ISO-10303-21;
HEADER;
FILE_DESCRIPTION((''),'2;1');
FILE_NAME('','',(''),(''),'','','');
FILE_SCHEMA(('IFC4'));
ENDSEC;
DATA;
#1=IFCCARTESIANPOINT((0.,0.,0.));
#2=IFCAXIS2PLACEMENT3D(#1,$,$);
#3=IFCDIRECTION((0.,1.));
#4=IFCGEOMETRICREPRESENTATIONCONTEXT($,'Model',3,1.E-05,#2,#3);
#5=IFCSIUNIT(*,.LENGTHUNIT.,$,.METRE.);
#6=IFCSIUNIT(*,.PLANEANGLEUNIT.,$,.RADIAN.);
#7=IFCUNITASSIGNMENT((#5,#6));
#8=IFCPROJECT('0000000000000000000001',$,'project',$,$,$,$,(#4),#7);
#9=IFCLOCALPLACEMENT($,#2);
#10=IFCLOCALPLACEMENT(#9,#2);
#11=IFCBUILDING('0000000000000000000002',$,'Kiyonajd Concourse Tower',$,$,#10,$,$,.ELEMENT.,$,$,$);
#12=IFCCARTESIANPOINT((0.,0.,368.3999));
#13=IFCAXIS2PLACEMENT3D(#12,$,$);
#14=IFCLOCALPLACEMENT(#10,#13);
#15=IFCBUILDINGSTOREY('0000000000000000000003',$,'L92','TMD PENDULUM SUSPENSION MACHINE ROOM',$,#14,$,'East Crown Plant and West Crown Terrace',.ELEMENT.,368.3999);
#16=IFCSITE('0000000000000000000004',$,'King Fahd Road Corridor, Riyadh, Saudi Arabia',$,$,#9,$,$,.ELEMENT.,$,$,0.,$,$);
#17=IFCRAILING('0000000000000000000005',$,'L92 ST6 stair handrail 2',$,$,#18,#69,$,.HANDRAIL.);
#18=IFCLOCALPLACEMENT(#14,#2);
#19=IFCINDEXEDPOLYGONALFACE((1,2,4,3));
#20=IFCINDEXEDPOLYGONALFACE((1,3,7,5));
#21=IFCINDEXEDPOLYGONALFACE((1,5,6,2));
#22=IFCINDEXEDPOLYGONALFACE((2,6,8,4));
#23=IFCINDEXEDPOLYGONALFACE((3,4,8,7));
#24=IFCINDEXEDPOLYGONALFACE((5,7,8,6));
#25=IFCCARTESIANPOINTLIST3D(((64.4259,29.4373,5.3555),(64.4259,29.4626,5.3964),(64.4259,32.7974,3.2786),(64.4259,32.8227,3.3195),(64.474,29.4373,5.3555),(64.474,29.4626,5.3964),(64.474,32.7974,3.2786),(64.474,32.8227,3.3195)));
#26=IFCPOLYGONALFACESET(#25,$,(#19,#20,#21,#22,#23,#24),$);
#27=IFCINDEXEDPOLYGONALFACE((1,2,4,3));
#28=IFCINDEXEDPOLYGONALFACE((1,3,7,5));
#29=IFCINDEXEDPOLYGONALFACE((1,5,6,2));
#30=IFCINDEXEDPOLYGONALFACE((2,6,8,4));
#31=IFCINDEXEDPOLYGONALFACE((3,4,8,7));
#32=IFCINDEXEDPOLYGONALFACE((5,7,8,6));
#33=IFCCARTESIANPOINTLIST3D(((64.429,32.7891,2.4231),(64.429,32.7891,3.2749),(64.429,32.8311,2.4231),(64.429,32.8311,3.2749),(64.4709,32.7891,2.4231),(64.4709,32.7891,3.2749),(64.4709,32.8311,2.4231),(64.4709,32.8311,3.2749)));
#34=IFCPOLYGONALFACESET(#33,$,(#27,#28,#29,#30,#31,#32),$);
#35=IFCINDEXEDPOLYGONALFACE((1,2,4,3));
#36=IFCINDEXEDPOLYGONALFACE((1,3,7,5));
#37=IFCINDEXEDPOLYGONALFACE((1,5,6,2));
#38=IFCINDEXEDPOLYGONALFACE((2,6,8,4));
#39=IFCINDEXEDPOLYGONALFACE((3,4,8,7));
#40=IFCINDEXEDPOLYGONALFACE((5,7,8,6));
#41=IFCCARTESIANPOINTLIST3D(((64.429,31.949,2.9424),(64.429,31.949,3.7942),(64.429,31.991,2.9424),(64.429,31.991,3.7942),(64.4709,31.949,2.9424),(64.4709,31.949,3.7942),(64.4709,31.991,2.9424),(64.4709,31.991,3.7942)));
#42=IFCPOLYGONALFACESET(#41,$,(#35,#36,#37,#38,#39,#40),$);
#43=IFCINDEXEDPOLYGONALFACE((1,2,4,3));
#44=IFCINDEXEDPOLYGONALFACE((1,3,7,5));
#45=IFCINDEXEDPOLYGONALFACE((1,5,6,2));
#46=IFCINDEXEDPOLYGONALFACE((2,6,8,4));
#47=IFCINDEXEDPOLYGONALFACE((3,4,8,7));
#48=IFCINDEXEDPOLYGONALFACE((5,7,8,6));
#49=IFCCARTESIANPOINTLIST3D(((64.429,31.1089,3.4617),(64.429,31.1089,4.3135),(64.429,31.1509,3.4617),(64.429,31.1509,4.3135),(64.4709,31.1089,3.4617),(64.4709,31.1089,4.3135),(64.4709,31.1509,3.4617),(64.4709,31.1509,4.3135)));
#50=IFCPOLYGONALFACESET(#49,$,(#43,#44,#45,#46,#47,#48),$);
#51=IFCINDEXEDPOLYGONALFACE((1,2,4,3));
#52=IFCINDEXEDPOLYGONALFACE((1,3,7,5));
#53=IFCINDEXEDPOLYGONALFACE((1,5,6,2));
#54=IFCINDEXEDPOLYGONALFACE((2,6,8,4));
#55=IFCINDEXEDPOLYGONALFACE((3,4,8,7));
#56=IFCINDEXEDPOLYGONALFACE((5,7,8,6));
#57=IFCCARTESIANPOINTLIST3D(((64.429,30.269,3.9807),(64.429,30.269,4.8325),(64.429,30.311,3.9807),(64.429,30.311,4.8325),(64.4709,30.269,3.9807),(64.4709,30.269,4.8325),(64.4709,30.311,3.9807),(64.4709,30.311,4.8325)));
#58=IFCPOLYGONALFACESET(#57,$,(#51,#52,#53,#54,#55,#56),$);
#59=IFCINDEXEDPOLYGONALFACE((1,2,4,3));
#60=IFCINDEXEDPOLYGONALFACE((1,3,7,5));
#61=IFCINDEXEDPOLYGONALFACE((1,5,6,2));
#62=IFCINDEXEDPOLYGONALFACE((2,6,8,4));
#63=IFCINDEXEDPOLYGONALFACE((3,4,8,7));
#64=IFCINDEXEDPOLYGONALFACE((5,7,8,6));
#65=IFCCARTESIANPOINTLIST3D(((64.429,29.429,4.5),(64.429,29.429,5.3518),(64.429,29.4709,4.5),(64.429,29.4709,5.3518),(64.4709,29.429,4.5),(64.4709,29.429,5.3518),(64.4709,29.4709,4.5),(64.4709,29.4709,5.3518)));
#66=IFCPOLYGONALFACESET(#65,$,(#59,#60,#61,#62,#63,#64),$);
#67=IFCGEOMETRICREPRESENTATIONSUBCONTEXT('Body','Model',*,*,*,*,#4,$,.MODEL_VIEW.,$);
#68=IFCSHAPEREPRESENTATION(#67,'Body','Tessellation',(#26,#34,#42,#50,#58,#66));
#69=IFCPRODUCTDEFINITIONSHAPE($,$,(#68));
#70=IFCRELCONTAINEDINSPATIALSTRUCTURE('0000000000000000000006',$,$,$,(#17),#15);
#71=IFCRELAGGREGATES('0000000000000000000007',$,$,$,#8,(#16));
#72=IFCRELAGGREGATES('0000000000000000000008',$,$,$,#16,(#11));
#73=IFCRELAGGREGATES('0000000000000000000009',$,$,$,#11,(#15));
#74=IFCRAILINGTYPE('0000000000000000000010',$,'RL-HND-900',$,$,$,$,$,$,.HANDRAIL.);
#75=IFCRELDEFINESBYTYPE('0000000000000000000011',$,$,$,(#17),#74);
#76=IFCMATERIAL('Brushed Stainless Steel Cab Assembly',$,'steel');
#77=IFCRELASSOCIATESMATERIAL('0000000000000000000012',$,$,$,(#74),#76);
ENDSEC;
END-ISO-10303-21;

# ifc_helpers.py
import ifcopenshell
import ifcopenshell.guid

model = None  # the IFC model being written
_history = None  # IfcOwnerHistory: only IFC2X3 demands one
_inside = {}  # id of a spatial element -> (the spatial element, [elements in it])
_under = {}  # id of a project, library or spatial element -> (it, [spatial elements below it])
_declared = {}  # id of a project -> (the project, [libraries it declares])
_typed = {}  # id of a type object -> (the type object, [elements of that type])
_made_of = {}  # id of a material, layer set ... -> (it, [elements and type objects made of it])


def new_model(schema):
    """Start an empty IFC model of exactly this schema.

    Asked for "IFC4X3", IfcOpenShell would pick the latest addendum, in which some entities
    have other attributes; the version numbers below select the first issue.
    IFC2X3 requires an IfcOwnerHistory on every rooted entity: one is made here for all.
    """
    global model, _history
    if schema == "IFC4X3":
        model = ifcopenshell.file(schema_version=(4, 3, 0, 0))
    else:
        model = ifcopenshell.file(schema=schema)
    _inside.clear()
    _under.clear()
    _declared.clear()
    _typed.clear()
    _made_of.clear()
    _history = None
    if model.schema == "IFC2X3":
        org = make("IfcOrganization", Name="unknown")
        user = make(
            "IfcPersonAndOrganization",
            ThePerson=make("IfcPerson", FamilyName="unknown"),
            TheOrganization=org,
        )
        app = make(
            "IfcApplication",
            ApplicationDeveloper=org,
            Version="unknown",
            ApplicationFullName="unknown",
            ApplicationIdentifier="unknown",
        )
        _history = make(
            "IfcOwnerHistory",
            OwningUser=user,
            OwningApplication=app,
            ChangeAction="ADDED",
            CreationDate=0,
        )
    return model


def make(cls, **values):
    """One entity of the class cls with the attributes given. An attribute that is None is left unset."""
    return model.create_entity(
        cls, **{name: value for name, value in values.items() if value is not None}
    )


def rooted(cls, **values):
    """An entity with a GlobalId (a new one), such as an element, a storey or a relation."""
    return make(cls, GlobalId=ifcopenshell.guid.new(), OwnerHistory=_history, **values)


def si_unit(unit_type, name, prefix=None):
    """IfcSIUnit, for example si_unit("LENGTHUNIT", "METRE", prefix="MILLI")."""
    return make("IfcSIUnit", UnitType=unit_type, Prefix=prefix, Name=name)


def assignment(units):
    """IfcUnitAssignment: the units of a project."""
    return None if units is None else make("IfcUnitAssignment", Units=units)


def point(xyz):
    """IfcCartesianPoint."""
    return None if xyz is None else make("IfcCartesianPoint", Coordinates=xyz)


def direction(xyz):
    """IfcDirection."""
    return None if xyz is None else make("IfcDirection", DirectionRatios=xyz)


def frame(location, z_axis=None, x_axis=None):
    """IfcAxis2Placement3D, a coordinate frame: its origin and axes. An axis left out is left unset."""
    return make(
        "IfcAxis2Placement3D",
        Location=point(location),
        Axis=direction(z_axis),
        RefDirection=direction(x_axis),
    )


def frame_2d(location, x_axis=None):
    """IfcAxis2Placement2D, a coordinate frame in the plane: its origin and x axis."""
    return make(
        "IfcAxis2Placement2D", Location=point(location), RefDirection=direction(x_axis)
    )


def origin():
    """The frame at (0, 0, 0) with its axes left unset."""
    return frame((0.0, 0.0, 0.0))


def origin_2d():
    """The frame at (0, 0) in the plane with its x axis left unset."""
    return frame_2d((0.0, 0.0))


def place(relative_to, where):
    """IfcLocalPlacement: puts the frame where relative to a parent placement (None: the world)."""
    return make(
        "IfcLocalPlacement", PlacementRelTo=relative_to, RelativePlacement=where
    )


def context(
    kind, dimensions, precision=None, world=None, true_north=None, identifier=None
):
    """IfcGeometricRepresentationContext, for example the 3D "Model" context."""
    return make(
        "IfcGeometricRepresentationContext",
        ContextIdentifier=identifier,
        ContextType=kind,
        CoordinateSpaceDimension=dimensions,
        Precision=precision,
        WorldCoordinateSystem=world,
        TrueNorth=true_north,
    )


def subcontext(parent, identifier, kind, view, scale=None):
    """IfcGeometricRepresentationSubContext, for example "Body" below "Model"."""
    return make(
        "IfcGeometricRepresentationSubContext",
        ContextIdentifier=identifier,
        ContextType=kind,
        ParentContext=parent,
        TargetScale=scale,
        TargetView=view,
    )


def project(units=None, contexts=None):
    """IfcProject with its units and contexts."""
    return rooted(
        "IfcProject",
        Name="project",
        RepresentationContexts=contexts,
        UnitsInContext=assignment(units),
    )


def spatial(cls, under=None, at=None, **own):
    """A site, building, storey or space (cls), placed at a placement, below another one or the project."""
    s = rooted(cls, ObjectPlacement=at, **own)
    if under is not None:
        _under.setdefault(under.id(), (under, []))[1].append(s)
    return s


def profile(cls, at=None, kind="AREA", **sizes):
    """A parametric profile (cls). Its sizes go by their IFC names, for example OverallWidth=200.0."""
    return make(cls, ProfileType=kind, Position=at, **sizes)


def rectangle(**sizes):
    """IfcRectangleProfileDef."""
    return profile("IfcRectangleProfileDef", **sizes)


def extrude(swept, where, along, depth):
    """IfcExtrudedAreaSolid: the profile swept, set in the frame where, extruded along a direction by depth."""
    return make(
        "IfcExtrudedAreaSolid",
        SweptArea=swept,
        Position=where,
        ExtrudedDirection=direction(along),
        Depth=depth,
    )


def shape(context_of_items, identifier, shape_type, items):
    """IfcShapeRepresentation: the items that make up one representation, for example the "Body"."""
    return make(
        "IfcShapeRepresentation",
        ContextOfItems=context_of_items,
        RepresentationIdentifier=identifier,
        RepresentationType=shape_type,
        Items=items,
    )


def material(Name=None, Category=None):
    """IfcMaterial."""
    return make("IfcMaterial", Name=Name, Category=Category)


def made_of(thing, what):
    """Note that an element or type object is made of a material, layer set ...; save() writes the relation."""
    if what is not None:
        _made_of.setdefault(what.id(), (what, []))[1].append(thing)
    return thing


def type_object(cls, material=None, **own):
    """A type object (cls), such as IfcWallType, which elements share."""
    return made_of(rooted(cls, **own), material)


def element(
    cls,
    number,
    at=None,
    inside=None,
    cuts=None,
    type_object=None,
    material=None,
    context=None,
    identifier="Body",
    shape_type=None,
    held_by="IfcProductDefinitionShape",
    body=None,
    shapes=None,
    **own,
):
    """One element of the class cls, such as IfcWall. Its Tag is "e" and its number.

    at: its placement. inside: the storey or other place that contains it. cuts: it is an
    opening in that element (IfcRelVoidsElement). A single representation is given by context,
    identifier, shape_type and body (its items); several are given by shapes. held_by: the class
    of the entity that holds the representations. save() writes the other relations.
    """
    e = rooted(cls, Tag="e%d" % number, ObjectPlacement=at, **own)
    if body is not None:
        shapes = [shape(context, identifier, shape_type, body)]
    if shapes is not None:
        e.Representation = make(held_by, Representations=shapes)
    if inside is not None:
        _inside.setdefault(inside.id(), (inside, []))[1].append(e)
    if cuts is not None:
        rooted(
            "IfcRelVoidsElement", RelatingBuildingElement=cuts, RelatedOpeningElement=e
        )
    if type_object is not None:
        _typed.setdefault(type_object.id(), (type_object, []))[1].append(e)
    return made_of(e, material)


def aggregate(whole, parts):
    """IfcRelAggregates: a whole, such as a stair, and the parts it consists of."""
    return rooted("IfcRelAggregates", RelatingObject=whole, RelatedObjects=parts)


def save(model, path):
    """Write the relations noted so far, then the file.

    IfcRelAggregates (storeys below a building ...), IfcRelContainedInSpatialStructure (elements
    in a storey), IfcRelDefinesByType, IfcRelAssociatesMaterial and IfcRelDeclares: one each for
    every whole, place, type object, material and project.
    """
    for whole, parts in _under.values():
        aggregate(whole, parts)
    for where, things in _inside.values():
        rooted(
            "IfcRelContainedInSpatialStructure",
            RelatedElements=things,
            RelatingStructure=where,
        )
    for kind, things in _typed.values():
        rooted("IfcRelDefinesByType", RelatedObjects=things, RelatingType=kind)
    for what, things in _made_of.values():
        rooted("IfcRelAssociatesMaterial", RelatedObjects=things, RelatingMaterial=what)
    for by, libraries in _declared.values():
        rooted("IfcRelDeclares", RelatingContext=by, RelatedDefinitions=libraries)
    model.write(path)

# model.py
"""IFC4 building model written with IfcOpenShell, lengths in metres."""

from ifc_helpers import new_model, si_unit, direction, frame, origin, origin_2d, place, context, subcontext, project, spatial, rectangle, extrude, material, type_object, element, save


model = new_model("IFC4")

# Units and contexts
model_context = context("Model", 3, precision=1e-05, world=origin(), true_north=direction((0.0, 1.0)))
body_context = subcontext(model_context, "Body", "Model", "MODEL_VIEW")
ifc_project = project(units=[si_unit("LENGTHUNIT", "METRE"), si_unit("PLANEANGLEUNIT", "RADIAN")], contexts=[model_context])

# Site, building, storey
site_placement = place(None, origin())
site = spatial("IfcSite", under=ifc_project, at=site_placement, Name="King Fahd Road Corridor, Riyadh, Saudi Arabia", CompositionType="ELEMENT", RefElevation=0.0)
building_placement = place(site_placement, origin())
building = spatial("IfcBuilding", under=site, at=building_placement, Name="Kiyonajd Concourse Tower", CompositionType="ELEMENT")
storey_placement = place(building_placement, frame((0.0, 0.0, 368.3999)))
storey = spatial("IfcBuildingStorey", under=building, at=storey_placement, Name="L92", Description="TMD PENDULUM SUSPENSION MACHINE ROOM", LongName="East Crown Plant and West Crown Terrace", CompositionType="ELEMENT", Elevation=368.3999)

# Railing
ifc_material_1 = material(Name="Brushed Stainless Steel Cab Assembly", Category="steel")
railing_type_1 = type_object("IfcRailingType", Name="RL-HND-900", PredefinedType="HANDRAIL", material=ifc_material_1)
railing_1_placement = place(storey_placement, frame((64.45, 32.8101, 2.4231)))
element("IfcRailing", 1, at=railing_1_placement, inside=storey, type_object=railing_type_1, Name="L92 ST6 stair handrail 2", PredefinedType="HANDRAIL", context=body_context, shape_type="SweptSolid", body=[
    extrude(rectangle(XDim=0.0481, YDim=0.0481, at=origin_2d()), frame((0.0, 0.0, 0.876), z_axis=(0.0, -0.850623, 0.525776), x_axis=(1.0, 0.0, 0.0)), (0.0, 0.0, 1.0), 3.9502),
    extrude(rectangle(XDim=0.042, YDim=0.042, at=origin_2d()), origin(), (0.0, 0.0, 1.0), 0.8518),
    extrude(rectangle(XDim=0.042, YDim=0.042, at=origin_2d()), frame((0.0, -0.8401, 0.5193)), (0.0, 0.0, 1.0), 0.8518),
    extrude(rectangle(XDim=0.042, YDim=0.042, at=origin_2d()), frame((0.0, -1.6802, 1.0386)), (0.0, 0.0, 1.0), 0.8518),
    extrude(rectangle(XDim=0.042, YDim=0.042, at=origin_2d()), frame((0.0, -2.52, 1.5576)), (0.0, 0.0, 1.0), 0.8518),
    extrude(rectangle(XDim=0.042, YDim=0.042, at=origin_2d()), frame((0.0, -3.3601, 2.0769)), (0.0, 0.0, 1.0), 0.8518),
])

save(model, "model.ifc")
